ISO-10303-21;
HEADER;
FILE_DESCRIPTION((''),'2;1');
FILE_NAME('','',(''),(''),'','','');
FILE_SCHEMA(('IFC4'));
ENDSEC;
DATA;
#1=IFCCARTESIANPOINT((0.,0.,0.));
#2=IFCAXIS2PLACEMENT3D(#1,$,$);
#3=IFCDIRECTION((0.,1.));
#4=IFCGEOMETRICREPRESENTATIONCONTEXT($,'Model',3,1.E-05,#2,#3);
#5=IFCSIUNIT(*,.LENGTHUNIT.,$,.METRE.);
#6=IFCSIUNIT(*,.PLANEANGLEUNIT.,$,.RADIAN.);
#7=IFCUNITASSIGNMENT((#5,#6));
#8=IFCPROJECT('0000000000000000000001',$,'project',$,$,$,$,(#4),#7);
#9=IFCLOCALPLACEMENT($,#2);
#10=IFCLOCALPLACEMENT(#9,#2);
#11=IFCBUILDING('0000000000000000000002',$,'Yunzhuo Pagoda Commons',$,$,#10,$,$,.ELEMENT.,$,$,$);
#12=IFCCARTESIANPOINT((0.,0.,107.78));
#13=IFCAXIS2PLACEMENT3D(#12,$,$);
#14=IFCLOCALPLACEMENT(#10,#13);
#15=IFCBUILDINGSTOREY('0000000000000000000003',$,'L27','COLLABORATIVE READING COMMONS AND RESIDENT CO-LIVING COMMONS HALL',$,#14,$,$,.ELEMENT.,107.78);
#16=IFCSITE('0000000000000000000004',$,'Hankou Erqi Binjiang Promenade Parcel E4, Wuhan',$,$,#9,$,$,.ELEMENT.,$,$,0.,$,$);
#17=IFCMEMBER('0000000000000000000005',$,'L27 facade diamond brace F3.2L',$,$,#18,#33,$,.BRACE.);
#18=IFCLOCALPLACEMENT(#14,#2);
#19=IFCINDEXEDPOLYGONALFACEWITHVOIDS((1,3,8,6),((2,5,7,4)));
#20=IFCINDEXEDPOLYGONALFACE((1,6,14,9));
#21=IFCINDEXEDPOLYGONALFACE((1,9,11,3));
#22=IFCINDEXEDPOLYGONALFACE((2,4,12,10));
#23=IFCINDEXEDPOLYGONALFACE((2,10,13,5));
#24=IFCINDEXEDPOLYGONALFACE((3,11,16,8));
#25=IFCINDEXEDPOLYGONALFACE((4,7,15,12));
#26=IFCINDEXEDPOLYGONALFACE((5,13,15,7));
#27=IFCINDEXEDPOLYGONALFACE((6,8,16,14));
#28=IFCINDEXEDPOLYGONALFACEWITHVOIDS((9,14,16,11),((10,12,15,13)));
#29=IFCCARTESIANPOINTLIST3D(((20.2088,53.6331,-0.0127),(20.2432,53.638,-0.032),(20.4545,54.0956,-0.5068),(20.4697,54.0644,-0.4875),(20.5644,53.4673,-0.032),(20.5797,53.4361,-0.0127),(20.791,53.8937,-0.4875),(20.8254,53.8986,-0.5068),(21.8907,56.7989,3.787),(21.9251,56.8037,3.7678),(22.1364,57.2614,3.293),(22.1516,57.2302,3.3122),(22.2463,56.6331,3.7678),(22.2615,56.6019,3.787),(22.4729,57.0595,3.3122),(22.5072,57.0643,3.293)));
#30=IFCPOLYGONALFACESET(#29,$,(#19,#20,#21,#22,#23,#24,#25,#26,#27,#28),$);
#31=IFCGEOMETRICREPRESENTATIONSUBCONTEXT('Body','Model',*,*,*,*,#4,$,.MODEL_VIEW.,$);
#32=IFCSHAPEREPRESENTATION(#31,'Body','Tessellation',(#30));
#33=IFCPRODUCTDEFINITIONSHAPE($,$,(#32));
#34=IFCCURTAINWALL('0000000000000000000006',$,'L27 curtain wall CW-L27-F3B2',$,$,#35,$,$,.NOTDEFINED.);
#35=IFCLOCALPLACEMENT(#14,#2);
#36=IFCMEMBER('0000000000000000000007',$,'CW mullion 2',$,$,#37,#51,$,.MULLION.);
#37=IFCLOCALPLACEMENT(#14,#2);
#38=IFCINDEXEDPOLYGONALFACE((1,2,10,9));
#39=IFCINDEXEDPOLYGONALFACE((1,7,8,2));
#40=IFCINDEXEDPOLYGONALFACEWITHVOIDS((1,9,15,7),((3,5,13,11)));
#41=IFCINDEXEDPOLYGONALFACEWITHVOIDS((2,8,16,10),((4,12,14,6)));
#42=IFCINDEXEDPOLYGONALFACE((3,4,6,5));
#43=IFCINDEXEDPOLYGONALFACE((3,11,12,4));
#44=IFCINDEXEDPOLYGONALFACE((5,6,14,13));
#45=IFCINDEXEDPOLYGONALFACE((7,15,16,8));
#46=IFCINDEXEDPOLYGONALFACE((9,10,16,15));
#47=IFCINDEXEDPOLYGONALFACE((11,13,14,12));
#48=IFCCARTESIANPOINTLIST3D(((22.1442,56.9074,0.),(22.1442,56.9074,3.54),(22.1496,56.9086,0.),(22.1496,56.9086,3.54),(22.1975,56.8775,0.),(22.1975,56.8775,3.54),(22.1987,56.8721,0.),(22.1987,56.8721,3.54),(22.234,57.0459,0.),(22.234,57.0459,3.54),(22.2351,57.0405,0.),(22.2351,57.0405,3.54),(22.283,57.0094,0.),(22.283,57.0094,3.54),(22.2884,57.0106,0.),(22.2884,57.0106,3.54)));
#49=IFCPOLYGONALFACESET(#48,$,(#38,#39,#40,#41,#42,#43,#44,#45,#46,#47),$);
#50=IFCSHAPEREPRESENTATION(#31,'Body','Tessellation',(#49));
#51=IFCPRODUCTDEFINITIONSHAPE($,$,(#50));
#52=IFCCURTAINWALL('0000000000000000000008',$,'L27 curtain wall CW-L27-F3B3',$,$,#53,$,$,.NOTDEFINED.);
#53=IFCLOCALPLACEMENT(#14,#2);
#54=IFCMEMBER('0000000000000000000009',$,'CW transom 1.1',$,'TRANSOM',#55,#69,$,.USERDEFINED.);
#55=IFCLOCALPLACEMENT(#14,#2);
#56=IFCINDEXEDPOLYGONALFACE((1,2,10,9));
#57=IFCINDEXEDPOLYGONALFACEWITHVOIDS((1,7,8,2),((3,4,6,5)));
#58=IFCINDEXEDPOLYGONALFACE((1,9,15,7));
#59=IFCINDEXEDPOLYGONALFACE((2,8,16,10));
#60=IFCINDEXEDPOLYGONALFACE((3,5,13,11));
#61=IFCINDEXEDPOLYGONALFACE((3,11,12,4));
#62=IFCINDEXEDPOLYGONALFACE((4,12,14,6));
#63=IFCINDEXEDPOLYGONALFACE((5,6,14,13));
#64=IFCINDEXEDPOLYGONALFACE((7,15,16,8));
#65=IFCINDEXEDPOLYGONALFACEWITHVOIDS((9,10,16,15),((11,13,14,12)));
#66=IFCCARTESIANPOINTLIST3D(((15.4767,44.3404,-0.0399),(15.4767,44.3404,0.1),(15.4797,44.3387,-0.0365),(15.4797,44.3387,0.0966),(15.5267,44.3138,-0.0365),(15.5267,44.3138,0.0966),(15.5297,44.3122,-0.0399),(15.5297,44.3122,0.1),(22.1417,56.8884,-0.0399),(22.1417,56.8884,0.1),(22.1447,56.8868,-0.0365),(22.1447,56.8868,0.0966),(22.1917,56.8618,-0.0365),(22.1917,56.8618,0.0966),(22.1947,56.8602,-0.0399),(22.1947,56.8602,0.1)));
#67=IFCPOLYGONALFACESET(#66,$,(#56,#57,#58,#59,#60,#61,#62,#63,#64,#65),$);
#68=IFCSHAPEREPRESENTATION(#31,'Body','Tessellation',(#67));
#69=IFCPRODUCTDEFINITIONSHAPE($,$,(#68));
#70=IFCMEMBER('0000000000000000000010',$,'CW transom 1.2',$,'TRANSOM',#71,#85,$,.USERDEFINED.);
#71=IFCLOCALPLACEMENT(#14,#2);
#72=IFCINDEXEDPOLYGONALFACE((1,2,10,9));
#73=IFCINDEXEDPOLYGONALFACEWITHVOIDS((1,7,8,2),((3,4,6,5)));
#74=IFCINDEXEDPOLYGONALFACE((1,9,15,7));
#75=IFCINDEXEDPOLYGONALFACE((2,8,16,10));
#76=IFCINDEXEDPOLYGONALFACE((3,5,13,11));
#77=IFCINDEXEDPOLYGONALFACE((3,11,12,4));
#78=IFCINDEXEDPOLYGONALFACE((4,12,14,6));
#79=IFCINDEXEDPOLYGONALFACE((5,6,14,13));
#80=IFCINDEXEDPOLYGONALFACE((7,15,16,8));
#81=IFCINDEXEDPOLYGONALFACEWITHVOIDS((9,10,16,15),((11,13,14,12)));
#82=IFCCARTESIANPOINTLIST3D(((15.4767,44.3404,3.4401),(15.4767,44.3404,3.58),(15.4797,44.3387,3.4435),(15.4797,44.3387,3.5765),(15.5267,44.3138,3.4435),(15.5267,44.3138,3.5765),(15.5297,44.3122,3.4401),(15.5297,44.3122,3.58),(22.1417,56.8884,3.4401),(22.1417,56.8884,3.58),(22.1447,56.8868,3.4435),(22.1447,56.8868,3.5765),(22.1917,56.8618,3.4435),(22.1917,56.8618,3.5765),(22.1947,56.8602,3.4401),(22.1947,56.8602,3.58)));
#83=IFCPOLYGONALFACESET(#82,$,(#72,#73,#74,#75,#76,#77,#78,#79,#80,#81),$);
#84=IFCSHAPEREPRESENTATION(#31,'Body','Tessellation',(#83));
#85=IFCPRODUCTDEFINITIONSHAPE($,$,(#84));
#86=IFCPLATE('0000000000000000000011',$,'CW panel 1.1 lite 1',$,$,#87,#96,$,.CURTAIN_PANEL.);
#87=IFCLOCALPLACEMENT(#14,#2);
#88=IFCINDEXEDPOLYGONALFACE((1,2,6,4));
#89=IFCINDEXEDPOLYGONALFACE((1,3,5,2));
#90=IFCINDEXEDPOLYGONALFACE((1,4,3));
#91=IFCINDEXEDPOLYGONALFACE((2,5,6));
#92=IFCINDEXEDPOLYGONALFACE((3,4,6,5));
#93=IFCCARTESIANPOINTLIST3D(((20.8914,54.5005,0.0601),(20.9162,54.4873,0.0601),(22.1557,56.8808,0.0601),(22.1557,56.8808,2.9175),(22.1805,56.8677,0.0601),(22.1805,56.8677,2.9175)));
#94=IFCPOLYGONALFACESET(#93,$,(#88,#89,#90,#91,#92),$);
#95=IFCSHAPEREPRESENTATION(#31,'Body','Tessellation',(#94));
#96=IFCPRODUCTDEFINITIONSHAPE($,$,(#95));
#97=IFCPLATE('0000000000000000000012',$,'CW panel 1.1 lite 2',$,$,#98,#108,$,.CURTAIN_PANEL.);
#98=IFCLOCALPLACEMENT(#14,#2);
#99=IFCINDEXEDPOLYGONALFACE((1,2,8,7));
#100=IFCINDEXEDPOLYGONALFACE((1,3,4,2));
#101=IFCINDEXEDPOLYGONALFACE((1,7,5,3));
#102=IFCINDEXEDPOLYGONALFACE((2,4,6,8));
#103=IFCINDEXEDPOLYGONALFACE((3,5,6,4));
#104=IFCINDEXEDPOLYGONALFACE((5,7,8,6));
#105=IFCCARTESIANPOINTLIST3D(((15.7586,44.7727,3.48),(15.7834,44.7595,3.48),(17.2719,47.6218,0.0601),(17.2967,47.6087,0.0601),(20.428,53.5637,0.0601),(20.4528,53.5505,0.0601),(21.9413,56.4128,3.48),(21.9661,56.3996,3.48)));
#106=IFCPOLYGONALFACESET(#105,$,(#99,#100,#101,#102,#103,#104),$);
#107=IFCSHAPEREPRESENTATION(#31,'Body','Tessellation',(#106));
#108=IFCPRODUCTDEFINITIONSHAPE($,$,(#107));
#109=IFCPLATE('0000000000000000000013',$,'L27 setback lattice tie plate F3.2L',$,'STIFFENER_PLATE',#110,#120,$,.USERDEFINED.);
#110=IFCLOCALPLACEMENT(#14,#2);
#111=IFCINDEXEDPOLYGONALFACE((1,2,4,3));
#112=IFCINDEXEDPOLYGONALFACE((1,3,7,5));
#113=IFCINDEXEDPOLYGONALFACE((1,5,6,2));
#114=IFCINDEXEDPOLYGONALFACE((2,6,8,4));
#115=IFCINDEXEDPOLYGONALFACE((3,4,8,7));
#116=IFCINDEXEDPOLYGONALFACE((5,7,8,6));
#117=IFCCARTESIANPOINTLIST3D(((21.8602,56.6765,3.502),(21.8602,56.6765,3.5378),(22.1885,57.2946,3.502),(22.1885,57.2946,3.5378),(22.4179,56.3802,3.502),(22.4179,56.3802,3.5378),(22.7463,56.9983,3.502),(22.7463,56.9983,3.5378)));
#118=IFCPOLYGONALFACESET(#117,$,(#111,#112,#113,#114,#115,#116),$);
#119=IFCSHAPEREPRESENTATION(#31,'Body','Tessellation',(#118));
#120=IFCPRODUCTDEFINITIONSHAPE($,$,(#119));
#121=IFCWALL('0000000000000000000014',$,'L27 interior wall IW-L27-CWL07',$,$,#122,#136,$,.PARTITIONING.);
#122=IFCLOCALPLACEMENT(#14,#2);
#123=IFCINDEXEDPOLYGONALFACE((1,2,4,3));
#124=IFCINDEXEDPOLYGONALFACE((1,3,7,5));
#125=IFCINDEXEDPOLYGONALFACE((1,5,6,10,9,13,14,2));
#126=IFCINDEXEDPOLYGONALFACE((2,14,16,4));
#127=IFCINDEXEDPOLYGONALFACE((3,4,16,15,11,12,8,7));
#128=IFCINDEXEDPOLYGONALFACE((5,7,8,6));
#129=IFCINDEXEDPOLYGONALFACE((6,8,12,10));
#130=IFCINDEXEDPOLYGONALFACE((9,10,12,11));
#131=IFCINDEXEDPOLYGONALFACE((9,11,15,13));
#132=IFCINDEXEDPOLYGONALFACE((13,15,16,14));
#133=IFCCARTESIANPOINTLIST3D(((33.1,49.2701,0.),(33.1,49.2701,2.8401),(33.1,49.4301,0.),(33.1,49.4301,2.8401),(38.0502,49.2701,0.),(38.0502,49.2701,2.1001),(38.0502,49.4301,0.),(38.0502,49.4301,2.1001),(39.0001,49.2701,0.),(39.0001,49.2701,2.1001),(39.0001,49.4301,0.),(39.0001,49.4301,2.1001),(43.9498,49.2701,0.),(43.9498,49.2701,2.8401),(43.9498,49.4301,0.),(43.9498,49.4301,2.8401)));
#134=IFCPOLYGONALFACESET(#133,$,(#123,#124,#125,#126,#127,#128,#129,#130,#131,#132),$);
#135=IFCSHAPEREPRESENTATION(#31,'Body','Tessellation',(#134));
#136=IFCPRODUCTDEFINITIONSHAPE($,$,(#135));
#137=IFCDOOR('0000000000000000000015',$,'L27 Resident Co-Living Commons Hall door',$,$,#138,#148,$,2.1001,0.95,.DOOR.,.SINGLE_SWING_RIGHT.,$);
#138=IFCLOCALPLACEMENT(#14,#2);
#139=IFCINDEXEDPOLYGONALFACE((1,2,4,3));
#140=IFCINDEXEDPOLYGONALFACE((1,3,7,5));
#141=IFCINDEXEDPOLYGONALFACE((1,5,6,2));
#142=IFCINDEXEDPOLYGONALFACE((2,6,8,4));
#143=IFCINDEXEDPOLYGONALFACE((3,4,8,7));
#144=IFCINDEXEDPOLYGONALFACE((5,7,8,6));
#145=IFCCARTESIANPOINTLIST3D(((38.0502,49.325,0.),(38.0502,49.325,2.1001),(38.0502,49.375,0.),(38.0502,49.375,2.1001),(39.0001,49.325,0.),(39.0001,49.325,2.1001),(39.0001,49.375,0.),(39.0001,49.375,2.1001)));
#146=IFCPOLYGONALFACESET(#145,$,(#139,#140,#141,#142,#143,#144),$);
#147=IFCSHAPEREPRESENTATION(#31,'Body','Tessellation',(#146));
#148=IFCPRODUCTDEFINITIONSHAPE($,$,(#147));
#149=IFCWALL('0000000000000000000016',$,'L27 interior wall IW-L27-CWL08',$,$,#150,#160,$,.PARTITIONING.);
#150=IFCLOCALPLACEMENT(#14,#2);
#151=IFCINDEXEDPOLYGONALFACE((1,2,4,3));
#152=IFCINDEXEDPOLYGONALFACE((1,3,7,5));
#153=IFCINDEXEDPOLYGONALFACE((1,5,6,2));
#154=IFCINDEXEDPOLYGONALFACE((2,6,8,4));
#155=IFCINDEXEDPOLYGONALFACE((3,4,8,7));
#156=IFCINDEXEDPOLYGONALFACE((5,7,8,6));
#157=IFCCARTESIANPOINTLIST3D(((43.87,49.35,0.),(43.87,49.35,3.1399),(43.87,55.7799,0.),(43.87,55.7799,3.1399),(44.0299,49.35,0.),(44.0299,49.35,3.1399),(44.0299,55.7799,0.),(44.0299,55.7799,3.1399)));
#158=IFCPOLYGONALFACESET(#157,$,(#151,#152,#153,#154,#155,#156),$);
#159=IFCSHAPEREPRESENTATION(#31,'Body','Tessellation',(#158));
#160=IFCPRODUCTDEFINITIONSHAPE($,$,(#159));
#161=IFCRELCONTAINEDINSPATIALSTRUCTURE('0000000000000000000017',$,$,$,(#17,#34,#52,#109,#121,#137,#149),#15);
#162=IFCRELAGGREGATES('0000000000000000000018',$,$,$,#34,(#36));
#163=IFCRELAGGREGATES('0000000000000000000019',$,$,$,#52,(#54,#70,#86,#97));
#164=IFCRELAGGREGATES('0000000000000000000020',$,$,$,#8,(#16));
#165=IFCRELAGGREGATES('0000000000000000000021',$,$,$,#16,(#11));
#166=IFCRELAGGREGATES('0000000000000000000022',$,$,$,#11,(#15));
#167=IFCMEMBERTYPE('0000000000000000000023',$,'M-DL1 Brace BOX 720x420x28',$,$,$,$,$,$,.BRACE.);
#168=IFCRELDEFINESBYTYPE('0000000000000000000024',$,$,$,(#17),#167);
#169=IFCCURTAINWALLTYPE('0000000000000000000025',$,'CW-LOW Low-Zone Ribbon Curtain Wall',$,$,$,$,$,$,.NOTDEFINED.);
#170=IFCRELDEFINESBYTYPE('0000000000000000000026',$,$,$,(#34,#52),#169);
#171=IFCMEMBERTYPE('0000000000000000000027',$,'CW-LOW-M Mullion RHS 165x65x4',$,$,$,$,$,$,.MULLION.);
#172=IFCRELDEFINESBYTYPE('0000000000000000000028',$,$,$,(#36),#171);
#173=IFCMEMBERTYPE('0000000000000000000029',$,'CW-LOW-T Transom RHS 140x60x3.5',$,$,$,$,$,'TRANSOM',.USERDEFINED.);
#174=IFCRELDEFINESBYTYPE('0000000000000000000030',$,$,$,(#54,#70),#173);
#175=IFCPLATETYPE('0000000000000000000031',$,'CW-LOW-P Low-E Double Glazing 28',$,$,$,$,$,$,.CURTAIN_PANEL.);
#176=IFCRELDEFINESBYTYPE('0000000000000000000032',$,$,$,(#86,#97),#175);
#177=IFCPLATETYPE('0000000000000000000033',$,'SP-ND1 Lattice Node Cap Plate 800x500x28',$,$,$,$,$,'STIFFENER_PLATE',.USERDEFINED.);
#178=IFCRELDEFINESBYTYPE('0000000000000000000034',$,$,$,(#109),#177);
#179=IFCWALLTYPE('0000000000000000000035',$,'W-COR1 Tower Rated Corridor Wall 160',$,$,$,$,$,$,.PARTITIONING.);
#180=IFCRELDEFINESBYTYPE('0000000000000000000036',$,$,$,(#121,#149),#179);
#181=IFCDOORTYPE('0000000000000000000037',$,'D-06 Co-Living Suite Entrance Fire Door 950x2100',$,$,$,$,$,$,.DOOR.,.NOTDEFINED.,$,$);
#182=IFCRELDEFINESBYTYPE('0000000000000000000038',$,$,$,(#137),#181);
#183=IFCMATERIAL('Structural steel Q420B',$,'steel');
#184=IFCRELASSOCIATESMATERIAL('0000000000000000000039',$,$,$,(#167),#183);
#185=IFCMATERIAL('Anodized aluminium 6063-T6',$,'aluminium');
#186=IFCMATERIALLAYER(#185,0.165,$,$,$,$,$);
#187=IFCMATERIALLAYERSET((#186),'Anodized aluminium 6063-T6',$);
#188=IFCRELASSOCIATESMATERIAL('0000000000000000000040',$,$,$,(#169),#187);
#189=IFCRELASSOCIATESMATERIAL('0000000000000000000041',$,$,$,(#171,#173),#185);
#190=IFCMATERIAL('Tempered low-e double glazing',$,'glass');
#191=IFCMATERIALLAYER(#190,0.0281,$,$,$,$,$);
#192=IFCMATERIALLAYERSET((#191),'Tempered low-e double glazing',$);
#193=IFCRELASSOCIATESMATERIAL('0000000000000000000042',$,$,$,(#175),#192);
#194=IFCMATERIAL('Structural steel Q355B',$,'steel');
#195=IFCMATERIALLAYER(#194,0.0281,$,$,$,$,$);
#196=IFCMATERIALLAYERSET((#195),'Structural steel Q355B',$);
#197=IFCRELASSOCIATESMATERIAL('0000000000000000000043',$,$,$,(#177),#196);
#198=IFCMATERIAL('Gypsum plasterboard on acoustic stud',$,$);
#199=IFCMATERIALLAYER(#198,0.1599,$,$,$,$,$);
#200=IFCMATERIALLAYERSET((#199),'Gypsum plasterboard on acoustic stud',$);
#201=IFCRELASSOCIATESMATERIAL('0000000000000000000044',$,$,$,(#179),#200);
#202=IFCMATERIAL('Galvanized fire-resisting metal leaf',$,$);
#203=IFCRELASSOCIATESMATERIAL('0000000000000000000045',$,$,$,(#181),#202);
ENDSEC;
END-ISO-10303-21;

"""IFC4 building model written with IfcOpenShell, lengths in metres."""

from ifc_helpers import new_model, si_unit, direction, frame, frame_2d, origin, origin_with_axes, origin_2d, place, context, subcontext, project, spatial, polyline, rectangle, hollow_rectangle, outline, extrude, source, transform, mapped, material, layer, layer_set, material_profile, profile_set, type_object, element, fill, aggregate, save


model = new_model("IFC4")

# Units and contexts
model_context = context("Model", 3, precision=1e-05, world=origin(), true_north=direction((0.0, 1.0)))
body_context = subcontext(model_context, "Body", "Model", "MODEL_VIEW")
ifc_project = project(units=[si_unit("LENGTHUNIT", "METRE"), si_unit("PLANEANGLEUNIT", "RADIAN")], contexts=[model_context])

# Site, building, storey
site_placement = place(None, origin())
site = spatial("IfcSite", under=ifc_project, at=site_placement, Name="Hankou Erqi Binjiang Promenade Parcel E4, Wuhan", CompositionType="ELEMENT", RefElevation=0.0)
building_placement = place(site_placement, origin())
building = spatial("IfcBuilding", under=site, at=building_placement, Name="Yunzhuo Pagoda Commons", CompositionType="ELEMENT")
storey_placement = place(building_placement, frame((0.0, 0.0, 107.78)))
storey = spatial("IfcBuildingStorey", under=building, at=storey_placement, Name="L27", Description="COLLABORATIVE READING COMMONS AND RESIDENT CO-LIVING COMMONS HALL", CompositionType="ELEMENT", Elevation=107.78)

# Shared definitions
ifc_material_1 = material(Name="Structural steel Q420B", Category="steel")

# Shared definitions
ifc_material_2 = material(Name="Structural steel Q355B", Category="steel")

# Member
ifc_material_profile_1 = material_profile(ifc_material_1, hollow_rectangle(XDim=0.4199, YDim=0.72, WallThickness=0.0281, at=origin_2d()), Name="Structural steel Q420B")
ifc_profile_set_1 = profile_set([ifc_material_profile_1], Name="Structural steel Q420B")
member_type_1 = type_object("IfcMemberType", Name="M-DL1 Brace BOX 720x420x28", PredefinedType="BRACE", material=ifc_profile_set_1)
shared_shape_1 = source(origin(), body_context, "Body", "SweptSolid", [
    extrude(hollow_rectangle(XDim=0.4199, YDim=0.72, WallThickness=0.0281, at=origin_2d()), origin(), (0.0, 0.0, 1.0), 5.2239),
])
member_1_placement = place(storey_placement, frame((20.5171, 53.7659, -0.2598), z_axis=(0.321958, 0.606014, 0.727385), x_axis=(-0.883108, 0.46917, 0.0)))
element("IfcMember", 1, at=member_1_placement, inside=storey, type_object=member_type_1, Name="L27 facade diamond brace F3.2L", PredefinedType="BRACE", context=body_context, shape_type="MappedRepresentation", body=[
    mapped(shared_shape_1, transform((0.0, 0.0, 0.0), scale=1.0)),
])

# Curtain wall, member
ifc_material_3 = material(Name="Anodized aluminium 6063-T6", Category="aluminium")
ifc_layer_1 = layer(ifc_material_3, 0.165)
ifc_layer_set_1 = layer_set([ifc_layer_1], Name="Anodized aluminium 6063-T6")
curtain_wall_type = type_object("IfcCurtainWallType", Name="CW-LOW Low-Zone Ribbon Curtain Wall", PredefinedType="NOTDEFINED", material=ifc_layer_set_1)
curtain_wall_1_placement = place(storey_placement, origin())
curtain_wall_1 = element("IfcCurtainWall", 2, at=curtain_wall_1_placement, inside=storey, type_object=curtain_wall_type, Name="L27 curtain wall CW-L27-F3B2", PredefinedType="NOTDEFINED")
ifc_material_profile_2 = material_profile(ifc_material_3, hollow_rectangle(XDim=0.0649, YDim=0.165, WallThickness=0.0039, at=origin_2d()), Name="Anodized aluminium 6063-T6")
ifc_profile_set_2 = profile_set([ifc_material_profile_2], Name="Anodized aluminium 6063-T6")
member_type_2 = type_object("IfcMemberType", Name="CW-LOW-M Mullion RHS 165x65x4", PredefinedType="MULLION", material=ifc_profile_set_2)
shared_shape_2 = source(origin(), body_context, "Body", "SweptSolid", [
    extrude(hollow_rectangle(XDim=0.0649, YDim=0.165, WallThickness=0.0039, at=origin_2d()), origin(), (0.0, 0.0, 1.0), 3.54),
])
member_2_placement = place(storey_placement, frame((22.2163, 56.959, 0.0), z_axis=(0.0, 0.0, 1.0), x_axis=(0.83904, -0.54407, 0.0)))
member_2 = element("IfcMember", 3, at=member_2_placement, type_object=member_type_2, Name="CW mullion 2", PredefinedType="MULLION", context=body_context, shape_type="MappedRepresentation", body=[
    mapped(shared_shape_2, transform((0.0, 0.0, 0.0), scale=1.0)),
])
aggregate(curtain_wall_1, [member_2])

# Curtain wall, members, plates
curtain_wall_2_placement = place(storey_placement, origin())
curtain_wall_2 = element("IfcCurtainWall", 4, at=curtain_wall_2_placement, inside=storey, type_object=curtain_wall_type, Name="L27 curtain wall CW-L27-F3B3", PredefinedType="NOTDEFINED")
ifc_material_profile_3 = material_profile(ifc_material_3, hollow_rectangle(XDim=0.0601, YDim=0.1399, WallThickness=0.0034, at=origin_2d()), Name="Anodized aluminium 6063-T6")
ifc_profile_set_3 = profile_set([ifc_material_profile_3], Name="Anodized aluminium 6063-T6")
member_type_3 = type_object("IfcMemberType", Name="CW-LOW-T Transom RHS 140x60x3.5", ElementType="TRANSOM", PredefinedType="USERDEFINED", material=ifc_profile_set_3)
shared_shape_3 = source(origin(), body_context, "Body", "SweptSolid", [
    extrude(hollow_rectangle(XDim=0.0601, YDim=0.1399, WallThickness=0.0034, at=origin_2d()), origin(), (0.0, 0.0, 1.0), 14.2083),
])
member_3_placement = place(storey_placement, frame((22.1682, 56.8743, 0.03), z_axis=(-0.469093, -0.883149, 0.0), x_axis=(0.883149, -0.469093, 0.0)))
member_3 = element("IfcMember", 5, at=member_3_placement, type_object=member_type_3, Name="CW transom 1.1", ObjectType="TRANSOM", PredefinedType="USERDEFINED", context=body_context, shape_type="MappedRepresentation", body=[
    mapped(shared_shape_3, transform((0.0, 0.0, 0.0), scale=1.0)),
])
member_4_placement = place(storey_placement, frame((22.1682, 56.8743, 3.51), z_axis=(-0.469093, -0.883149, 0.0), x_axis=(0.883149, -0.469093, 0.0)))
member_4 = element("IfcMember", 6, at=member_4_placement, type_object=member_type_3, Name="CW transom 1.2", ObjectType="TRANSOM", PredefinedType="USERDEFINED", context=body_context, shape_type="MappedRepresentation", body=[
    mapped(shared_shape_3, transform((0.0, 0.0, 0.0), scale=1.0)),
])
ifc_material_4 = material(Name="Tempered low-e double glazing", Category="glass")
ifc_layer_2 = layer(ifc_material_4, 0.0281)
ifc_layer_set_2 = layer_set([ifc_layer_2], Name="Tempered low-e double glazing")
plate_type_1 = type_object("IfcPlateType", Name="CW-LOW-P Low-E Double Glazing 28", PredefinedType="CURTAIN_PANEL", material=ifc_layer_set_2)
plate_1_placement = place(storey_placement, frame((21.5483, 55.6775, 1.4888), z_axis=(-0.883152, 0.469086, 0.0), x_axis=(-0.469086, -0.883152, 0.0)))
plate_1 = element("IfcPlate", 7, at=plate_1_placement, type_object=plate_type_1, Name="CW panel 1.1 lite 1", PredefinedType="CURTAIN_PANEL", context=body_context, shape_type="SweptSolid", body=[
    extrude(outline(polyline([(-1.3477, -1.4287), (1.3477, -1.4287), (-1.3477, 1.4287), (-1.3477, -1.4287)])), origin(), (0.0, 0.0, 1.0), 0.0281),
])
plate_2_placement = place(storey_placement, frame((18.8748, 50.5796, 1.77), z_axis=(-0.883152, 0.469086, 0.0), x_axis=(-0.469086, -0.883152, 0.0)))
plate_2 = element("IfcPlate", 8, at=plate_2_placement, type_object=plate_type_1, Name="CW panel 1.1 lite 2", PredefinedType="CURTAIN_PANEL", context=body_context, shape_type="SweptSolid", body=[
    extrude(outline(polyline([(-6.5901, 1.71), (-3.364, -1.71), (3.364, -1.71), (6.5901, 1.71), (-6.5901, 1.71)])), origin(), (0.0, 0.0, 1.0), 0.0281),
])
aggregate(curtain_wall_2, [member_3, member_4, plate_1, plate_2])

# Plate
ifc_layer_3 = layer(ifc_material_2, 0.0281)
ifc_layer_set_3 = layer_set([ifc_layer_3], Name="Structural steel Q355B")
plate_type_2 = type_object("IfcPlateType", Name="SP-ND1 Lattice Node Cap Plate 800x500x28", ElementType="STIFFENER_PLATE", PredefinedType="USERDEFINED", material=ifc_layer_set_3)
shared_shape_4 = source(origin(), body_context, "Body", "SweptSolid", [
    extrude(rectangle(XDim=0.7, YDim=0.6316, at=origin_2d()), origin(), (0.0, 0.0, 1.0), 0.0359),
])
plate_3_placement = place(storey_placement, frame((22.3032, 56.8374, 3.502), z_axis=(0.0, 0.0, 1.0), x_axis=(-0.469086, -0.883152, 0.0)))
element("IfcPlate", 9, at=plate_3_placement, inside=storey, type_object=plate_type_2, Name="L27 setback lattice tie plate F3.2L", ObjectType="STIFFENER_PLATE", PredefinedType="USERDEFINED", context=body_context, shape_type="MappedRepresentation", body=[
    mapped(shared_shape_4, transform((0.0, 0.0, 0.0), scale=1.0)),
])

# Wall, opening, door
ifc_material_5 = material(Name="Gypsum plasterboard on acoustic stud")
ifc_layer_4 = layer(ifc_material_5, 0.1599)
ifc_layer_set_4 = layer_set([ifc_layer_4], Name="Gypsum plasterboard on acoustic stud")
wall_type_1 = type_object("IfcWallType", Name="W-COR1 Tower Rated Corridor Wall 160", PredefinedType="PARTITIONING", material=ifc_layer_set_4)
wall_1_placement = place(storey_placement, frame((33.1001, 49.3501, 0.0), z_axis=(0.0, 0.0, 1.0), x_axis=(1.0, 0.0, 0.0)))
wall_1 = element("IfcWall", 10, at=wall_1_placement, inside=storey, type_object=wall_type_1, Name="L27 interior wall IW-L27-CWL07", PredefinedType="PARTITIONING", context=body_context, shape_type="SweptSolid", body=[
    extrude(rectangle(XDim=10.8499, YDim=0.1599, at=frame_2d((5.4248, 0.0))), origin(), (0.0, 0.0, 1.0), 2.8401),
])
opening_1_placement = place(wall_1_placement, frame((4.95, 0.0, 0.0)))
opening_1 = element("IfcOpeningElement", 11, at=opening_1_placement, cuts=wall_1, PredefinedType="OPENING", context=body_context, shape_type="SweptSolid", body=[
    extrude(rectangle(XDim=0.95, YDim=2.1001, at=frame_2d((0.4751, 1.05))), frame((0.0, 0.0898, 0.0), z_axis=(0.0, -1.0, 0.0), x_axis=(1.0, 0.0, 0.0)), (0.0, 0.0, 1.0), 0.1799),
])
ifc_material_6 = material(Name="Galvanized fire-resisting metal leaf")
door_type_1 = type_object("IfcDoorType", Name="D-06 Co-Living Suite Entrance Fire Door 950x2100", OperationType="NOTDEFINED", PredefinedType="DOOR", material=ifc_material_6)
shared_shape_5 = source(origin(), body_context, "Body", "SweptSolid", [
    extrude(rectangle(XDim=0.95, YDim=2.1001, at=frame_2d((0.4751, 1.05))), frame((0.0, 0.0249, 0.0), z_axis=(0.0, -1.0, 0.0), x_axis=(1.0, 0.0, 0.0)), (0.0, 0.0, 1.0), 0.05),
])
door_1_placement = place(opening_1_placement, origin_with_axes())
door_1 = element("IfcDoor", 12, at=door_1_placement, inside=storey, type_object=door_type_1, Name="L27 Resident Co-Living Commons Hall door", OperationType="SINGLE_SWING_RIGHT", OverallHeight=2.1001, OverallWidth=0.95, PredefinedType="DOOR", context=body_context, shape_type="MappedRepresentation", body=[
    mapped(shared_shape_5, transform((0.0, 0.0, 0.0), scale=1.0)),
])
fill(opening_1, door_1)

# Wall
wall_2_placement = place(storey_placement, frame((43.95, 49.3501, 0.0), z_axis=(0.0, 0.0, 1.0), x_axis=(0.0, 1.0, 0.0)))
element("IfcWall", 13, at=wall_2_placement, inside=storey, type_object=wall_type_1, Name="L27 interior wall IW-L27-CWL08", PredefinedType="PARTITIONING", context=body_context, shape_type="SweptSolid", body=[
    extrude(rectangle(XDim=6.4299, YDim=0.1599, at=frame_2d((3.2148, 0.0))), origin(), (0.0, 0.0, 1.0), 3.1399),
])

save(model, "model.ifc")
